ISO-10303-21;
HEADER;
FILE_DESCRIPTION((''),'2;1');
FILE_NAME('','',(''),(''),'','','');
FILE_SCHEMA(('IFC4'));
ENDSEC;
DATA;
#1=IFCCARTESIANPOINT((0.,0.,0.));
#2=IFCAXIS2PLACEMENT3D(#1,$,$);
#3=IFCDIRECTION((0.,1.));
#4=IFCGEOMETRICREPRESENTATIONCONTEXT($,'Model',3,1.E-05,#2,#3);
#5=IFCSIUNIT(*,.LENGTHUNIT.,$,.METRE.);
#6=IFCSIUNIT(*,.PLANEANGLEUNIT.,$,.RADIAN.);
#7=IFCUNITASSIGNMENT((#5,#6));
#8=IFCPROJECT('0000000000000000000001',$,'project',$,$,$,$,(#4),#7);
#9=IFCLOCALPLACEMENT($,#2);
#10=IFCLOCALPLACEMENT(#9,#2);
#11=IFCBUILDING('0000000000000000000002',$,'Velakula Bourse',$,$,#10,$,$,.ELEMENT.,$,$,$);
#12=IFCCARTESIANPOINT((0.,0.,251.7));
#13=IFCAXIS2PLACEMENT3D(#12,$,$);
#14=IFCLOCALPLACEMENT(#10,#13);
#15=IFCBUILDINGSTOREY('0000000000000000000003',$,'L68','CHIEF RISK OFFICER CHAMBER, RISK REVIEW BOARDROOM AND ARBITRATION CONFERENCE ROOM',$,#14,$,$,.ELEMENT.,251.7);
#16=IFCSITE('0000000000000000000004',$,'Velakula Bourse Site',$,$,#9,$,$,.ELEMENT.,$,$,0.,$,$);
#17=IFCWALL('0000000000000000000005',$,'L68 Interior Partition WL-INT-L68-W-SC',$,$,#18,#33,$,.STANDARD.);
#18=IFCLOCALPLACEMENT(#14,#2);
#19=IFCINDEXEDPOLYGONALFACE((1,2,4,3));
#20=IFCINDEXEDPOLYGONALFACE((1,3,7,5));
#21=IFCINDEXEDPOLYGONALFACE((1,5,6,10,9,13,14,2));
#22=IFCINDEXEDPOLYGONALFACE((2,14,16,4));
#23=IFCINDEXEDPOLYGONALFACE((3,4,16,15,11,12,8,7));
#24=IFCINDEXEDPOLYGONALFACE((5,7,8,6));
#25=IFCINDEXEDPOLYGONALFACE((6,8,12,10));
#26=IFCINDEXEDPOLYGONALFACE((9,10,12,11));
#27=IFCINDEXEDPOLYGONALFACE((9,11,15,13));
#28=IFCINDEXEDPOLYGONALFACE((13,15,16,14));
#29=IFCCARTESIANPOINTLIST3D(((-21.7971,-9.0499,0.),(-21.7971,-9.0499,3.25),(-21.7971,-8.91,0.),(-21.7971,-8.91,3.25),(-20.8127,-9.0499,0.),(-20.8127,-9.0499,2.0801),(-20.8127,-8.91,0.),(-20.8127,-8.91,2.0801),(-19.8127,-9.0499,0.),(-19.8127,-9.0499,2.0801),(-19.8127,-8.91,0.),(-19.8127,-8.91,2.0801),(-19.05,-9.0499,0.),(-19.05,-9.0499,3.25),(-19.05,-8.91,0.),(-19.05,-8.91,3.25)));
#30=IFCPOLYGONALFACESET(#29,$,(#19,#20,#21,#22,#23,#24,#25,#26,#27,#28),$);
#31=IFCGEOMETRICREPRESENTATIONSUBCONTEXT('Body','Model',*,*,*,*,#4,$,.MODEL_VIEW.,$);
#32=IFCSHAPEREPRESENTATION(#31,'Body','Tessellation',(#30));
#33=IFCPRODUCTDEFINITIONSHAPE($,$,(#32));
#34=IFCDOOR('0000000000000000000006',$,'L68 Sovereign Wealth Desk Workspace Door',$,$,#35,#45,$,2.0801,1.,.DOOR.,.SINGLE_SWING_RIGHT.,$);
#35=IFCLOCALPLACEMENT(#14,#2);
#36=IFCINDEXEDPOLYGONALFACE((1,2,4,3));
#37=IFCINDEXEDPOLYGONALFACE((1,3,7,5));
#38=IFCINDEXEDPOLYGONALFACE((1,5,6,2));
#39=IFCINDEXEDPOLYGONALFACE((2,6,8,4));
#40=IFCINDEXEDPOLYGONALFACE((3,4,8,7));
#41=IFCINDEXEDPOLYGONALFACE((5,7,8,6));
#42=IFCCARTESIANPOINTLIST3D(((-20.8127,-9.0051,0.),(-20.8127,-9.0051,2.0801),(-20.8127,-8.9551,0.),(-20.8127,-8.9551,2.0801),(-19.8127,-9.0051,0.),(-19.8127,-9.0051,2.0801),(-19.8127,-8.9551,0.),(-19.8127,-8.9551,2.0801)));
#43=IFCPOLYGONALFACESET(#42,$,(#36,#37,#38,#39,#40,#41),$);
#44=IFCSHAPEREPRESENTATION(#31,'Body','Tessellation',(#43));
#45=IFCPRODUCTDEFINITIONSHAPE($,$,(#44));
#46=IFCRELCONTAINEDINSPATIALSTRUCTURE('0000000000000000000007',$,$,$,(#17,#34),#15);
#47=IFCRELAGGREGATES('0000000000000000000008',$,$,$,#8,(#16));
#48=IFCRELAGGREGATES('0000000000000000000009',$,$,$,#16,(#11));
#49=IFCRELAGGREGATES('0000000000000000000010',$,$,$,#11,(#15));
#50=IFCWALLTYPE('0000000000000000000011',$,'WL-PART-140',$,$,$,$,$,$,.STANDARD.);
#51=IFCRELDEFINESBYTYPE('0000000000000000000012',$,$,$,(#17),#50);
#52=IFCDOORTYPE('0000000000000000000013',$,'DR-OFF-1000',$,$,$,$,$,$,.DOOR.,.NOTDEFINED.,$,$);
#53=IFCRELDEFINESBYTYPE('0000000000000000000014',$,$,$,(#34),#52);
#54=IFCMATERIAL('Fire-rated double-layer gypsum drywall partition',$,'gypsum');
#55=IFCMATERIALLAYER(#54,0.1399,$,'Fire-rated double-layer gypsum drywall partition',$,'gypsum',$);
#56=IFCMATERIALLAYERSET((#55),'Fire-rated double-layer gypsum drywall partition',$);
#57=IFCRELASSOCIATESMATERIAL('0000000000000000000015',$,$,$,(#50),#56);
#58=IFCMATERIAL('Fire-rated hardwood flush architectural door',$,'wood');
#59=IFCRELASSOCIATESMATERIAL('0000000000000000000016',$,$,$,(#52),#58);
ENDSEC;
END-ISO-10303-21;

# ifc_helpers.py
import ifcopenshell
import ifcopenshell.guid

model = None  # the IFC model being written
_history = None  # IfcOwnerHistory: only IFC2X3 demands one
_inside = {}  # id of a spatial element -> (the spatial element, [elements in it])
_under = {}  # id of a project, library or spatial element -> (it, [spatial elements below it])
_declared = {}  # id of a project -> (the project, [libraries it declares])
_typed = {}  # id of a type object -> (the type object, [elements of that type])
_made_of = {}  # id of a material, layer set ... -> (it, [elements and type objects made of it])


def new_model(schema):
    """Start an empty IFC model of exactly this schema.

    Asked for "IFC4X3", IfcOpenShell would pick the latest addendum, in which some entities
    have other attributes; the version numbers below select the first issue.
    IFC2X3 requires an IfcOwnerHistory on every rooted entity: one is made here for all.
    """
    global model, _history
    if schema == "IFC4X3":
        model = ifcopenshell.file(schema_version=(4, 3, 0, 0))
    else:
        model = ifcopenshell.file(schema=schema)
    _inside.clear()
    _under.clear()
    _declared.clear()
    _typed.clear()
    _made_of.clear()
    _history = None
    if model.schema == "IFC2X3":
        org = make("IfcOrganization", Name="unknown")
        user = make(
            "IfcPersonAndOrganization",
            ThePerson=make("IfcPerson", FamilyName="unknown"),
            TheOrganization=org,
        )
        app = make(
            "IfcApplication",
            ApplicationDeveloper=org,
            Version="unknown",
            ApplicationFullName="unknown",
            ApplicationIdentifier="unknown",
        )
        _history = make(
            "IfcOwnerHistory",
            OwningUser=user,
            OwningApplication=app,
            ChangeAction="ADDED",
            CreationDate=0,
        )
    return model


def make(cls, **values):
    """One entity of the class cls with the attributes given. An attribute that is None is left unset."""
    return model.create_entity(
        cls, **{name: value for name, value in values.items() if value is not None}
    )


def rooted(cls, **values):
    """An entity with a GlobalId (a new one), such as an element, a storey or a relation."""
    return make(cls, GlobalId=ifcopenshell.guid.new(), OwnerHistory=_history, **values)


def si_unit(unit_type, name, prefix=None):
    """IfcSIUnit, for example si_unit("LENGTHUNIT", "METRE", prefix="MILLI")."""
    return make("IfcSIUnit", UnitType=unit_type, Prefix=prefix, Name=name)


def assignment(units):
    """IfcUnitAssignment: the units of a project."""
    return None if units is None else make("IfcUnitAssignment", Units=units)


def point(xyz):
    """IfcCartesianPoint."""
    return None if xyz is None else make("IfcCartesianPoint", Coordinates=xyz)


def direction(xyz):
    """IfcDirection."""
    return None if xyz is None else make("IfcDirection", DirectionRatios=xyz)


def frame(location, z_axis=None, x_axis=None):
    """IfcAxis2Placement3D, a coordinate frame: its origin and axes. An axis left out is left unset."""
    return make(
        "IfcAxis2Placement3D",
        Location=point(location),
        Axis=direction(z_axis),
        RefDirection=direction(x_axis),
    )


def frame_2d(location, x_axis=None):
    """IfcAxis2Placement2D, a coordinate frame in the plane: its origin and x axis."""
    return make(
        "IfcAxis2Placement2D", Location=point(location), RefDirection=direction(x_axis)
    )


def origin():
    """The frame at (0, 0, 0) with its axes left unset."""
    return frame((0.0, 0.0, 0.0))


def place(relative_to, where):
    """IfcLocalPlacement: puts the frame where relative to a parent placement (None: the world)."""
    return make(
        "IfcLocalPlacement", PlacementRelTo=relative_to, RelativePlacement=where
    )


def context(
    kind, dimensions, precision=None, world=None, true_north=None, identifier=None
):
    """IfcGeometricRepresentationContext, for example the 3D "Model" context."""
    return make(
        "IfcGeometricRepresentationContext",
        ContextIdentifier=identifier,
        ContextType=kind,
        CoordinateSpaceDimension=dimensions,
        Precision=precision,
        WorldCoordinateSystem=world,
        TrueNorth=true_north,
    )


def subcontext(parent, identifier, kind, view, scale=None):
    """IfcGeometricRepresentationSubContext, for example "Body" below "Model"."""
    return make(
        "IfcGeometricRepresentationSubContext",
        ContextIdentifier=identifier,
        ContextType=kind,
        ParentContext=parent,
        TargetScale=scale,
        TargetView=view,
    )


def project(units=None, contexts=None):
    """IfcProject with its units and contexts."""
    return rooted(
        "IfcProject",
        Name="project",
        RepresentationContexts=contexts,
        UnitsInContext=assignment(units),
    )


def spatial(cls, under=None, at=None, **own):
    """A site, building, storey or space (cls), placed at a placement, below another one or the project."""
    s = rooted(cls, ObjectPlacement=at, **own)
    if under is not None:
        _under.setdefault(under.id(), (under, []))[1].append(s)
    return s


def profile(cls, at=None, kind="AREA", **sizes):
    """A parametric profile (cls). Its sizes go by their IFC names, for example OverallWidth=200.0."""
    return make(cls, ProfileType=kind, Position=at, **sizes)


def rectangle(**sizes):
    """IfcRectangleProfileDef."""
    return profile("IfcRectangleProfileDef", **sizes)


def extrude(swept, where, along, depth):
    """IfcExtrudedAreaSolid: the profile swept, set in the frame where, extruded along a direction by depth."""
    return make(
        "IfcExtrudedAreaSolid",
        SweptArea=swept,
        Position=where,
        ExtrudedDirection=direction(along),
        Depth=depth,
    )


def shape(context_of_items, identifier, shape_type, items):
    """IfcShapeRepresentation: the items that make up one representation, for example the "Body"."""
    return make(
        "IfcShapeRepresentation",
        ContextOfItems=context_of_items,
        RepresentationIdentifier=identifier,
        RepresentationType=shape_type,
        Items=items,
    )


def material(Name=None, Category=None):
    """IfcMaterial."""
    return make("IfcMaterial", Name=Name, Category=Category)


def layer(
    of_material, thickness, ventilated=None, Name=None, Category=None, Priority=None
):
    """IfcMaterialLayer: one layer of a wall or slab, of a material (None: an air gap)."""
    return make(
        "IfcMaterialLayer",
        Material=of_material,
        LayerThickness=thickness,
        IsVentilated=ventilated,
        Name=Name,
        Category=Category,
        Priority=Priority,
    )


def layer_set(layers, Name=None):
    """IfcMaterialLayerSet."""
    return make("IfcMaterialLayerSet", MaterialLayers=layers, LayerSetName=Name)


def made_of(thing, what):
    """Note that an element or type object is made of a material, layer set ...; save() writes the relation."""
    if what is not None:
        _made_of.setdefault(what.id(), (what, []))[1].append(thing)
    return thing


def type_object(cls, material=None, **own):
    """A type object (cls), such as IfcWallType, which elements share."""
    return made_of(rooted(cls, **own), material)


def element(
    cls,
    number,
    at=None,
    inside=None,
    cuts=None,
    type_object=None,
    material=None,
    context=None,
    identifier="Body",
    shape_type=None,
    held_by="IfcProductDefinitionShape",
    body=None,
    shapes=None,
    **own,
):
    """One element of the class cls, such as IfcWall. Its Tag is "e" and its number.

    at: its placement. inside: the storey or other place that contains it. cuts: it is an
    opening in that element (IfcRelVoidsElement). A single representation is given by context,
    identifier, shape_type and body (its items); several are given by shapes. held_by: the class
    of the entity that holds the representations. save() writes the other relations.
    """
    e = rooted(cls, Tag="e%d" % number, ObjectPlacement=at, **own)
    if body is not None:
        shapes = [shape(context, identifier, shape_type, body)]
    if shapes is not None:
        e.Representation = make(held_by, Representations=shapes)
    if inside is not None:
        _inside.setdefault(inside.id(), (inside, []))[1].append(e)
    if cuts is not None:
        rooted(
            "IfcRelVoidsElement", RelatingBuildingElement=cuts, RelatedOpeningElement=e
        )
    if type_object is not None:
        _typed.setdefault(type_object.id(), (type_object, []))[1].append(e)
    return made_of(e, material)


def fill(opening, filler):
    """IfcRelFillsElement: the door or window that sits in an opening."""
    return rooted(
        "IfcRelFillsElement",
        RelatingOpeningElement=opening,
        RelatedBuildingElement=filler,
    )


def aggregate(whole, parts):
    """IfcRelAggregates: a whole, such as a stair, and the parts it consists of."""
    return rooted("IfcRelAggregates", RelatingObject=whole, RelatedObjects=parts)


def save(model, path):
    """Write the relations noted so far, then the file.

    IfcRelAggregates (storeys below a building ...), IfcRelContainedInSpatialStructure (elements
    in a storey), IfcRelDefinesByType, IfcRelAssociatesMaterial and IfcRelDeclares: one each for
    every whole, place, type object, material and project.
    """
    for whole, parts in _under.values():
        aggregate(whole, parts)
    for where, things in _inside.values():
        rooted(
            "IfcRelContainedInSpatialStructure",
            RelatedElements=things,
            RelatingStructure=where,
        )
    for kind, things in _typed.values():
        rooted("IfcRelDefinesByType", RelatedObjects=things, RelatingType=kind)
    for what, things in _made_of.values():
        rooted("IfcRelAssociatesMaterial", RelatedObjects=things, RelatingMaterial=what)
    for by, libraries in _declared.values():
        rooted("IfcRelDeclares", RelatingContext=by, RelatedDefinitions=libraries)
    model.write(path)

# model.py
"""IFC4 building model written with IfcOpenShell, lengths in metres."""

from ifc_helpers import new_model, si_unit, direction, frame, frame_2d, origin, place, context, subcontext, project, spatial, rectangle, extrude, material, layer, layer_set, type_object, element, fill, save


model = new_model("IFC4")

# Units and contexts
model_context = context("Model", 3, precision=1e-05, world=origin(), true_north=direction((0.0, 1.0)))
body_context = subcontext(model_context, "Body", "Model", "MODEL_VIEW")
ifc_project = project(units=[si_unit("LENGTHUNIT", "METRE"), si_unit("PLANEANGLEUNIT", "RADIAN")], contexts=[model_context])

# Site, building, storey
site_placement = place(None, origin())
site = spatial("IfcSite", under=ifc_project, at=site_placement, Name="Velakula Bourse Site", CompositionType="ELEMENT", RefElevation=0.0)
building_placement = place(site_placement, origin())
building = spatial("IfcBuilding", under=site, at=building_placement, Name="Velakula Bourse", CompositionType="ELEMENT")
storey_placement = place(building_placement, frame((0.0, 0.0, 251.7)))
storey = spatial("IfcBuildingStorey", under=building, at=storey_placement, Name="L68", Description="CHIEF RISK OFFICER CHAMBER, RISK REVIEW BOARDROOM AND ARBITRATION CONFERENCE ROOM", CompositionType="ELEMENT", Elevation=251.7)

# Shared definitions
ifc_material_1 = material(Name="Fire-rated double-layer gypsum drywall partition", Category="gypsum")
ifc_layer_1 = layer(ifc_material_1, 0.1399, Name="Fire-rated double-layer gypsum drywall partition", Category="gypsum")
ifc_layer_set_1 = layer_set([ifc_layer_1], Name="Fire-rated double-layer gypsum drywall partition")
wall_type_1 = type_object("IfcWallType", Name="WL-PART-140", PredefinedType="STANDARD", material=ifc_layer_set_1)
ifc_material_2 = material(Name="Fire-rated hardwood flush architectural door", Category="wood")
door_type_1 = type_object("IfcDoorType", Name="DR-OFF-1000", OperationType="NOTDEFINED", PredefinedType="DOOR", material=ifc_material_2)

# Wall, opening, door
wall_1_placement = place(storey_placement, frame((-21.7971, -8.98, 0.0), z_axis=(0.0, 0.0, 1.0), x_axis=(1.0, 0.0, 0.0)))
wall_1 = element("IfcWall", 1, at=wall_1_placement, inside=storey, type_object=wall_type_1, Name="L68 Interior Partition WL-INT-L68-W-SC", PredefinedType="STANDARD", context=body_context, shape_type="SweptSolid", body=[
    extrude(rectangle(XDim=2.7471, YDim=0.1399, at=frame_2d((1.3735, 0.0))), origin(), (0.0, 0.0, 1.0), 3.25),
])
opening_1_placement = place(wall_1_placement, frame((0.9844, 0.0, 0.0)))
opening_1 = element("IfcOpeningElement", 2, at=opening_1_placement, cuts=wall_1, PredefinedType="OPENING", context=body_context, shape_type="SweptSolid", body=[
    extrude(rectangle(XDim=1.0, YDim=2.0801, at=frame_2d((0.5, 1.04))), frame((0.0, 0.0798, 0.0), z_axis=(0.0, -1.0, 0.0), x_axis=(1.0, 0.0, 0.0)), (0.0, 0.0, 1.0), 0.1599),
])
door_1_placement = place(opening_1_placement, origin())
door_1 = element("IfcDoor", 3, at=door_1_placement, inside=storey, type_object=door_type_1, Name="L68 Sovereign Wealth Desk Workspace Door", OperationType="SINGLE_SWING_RIGHT", OverallHeight=2.0801, OverallWidth=1.0, PredefinedType="DOOR", context=body_context, shape_type="SweptSolid", body=[
    extrude(rectangle(XDim=1.0, YDim=2.0801, at=frame_2d((0.5, 1.04))), frame((0.0, 0.0249, 0.0), z_axis=(0.0, -1.0, 0.0), x_axis=(1.0, 0.0, 0.0)), (0.0, 0.0, 1.0), 0.05),
])
fill(opening_1, door_1)

save(model, "model.ifc")
